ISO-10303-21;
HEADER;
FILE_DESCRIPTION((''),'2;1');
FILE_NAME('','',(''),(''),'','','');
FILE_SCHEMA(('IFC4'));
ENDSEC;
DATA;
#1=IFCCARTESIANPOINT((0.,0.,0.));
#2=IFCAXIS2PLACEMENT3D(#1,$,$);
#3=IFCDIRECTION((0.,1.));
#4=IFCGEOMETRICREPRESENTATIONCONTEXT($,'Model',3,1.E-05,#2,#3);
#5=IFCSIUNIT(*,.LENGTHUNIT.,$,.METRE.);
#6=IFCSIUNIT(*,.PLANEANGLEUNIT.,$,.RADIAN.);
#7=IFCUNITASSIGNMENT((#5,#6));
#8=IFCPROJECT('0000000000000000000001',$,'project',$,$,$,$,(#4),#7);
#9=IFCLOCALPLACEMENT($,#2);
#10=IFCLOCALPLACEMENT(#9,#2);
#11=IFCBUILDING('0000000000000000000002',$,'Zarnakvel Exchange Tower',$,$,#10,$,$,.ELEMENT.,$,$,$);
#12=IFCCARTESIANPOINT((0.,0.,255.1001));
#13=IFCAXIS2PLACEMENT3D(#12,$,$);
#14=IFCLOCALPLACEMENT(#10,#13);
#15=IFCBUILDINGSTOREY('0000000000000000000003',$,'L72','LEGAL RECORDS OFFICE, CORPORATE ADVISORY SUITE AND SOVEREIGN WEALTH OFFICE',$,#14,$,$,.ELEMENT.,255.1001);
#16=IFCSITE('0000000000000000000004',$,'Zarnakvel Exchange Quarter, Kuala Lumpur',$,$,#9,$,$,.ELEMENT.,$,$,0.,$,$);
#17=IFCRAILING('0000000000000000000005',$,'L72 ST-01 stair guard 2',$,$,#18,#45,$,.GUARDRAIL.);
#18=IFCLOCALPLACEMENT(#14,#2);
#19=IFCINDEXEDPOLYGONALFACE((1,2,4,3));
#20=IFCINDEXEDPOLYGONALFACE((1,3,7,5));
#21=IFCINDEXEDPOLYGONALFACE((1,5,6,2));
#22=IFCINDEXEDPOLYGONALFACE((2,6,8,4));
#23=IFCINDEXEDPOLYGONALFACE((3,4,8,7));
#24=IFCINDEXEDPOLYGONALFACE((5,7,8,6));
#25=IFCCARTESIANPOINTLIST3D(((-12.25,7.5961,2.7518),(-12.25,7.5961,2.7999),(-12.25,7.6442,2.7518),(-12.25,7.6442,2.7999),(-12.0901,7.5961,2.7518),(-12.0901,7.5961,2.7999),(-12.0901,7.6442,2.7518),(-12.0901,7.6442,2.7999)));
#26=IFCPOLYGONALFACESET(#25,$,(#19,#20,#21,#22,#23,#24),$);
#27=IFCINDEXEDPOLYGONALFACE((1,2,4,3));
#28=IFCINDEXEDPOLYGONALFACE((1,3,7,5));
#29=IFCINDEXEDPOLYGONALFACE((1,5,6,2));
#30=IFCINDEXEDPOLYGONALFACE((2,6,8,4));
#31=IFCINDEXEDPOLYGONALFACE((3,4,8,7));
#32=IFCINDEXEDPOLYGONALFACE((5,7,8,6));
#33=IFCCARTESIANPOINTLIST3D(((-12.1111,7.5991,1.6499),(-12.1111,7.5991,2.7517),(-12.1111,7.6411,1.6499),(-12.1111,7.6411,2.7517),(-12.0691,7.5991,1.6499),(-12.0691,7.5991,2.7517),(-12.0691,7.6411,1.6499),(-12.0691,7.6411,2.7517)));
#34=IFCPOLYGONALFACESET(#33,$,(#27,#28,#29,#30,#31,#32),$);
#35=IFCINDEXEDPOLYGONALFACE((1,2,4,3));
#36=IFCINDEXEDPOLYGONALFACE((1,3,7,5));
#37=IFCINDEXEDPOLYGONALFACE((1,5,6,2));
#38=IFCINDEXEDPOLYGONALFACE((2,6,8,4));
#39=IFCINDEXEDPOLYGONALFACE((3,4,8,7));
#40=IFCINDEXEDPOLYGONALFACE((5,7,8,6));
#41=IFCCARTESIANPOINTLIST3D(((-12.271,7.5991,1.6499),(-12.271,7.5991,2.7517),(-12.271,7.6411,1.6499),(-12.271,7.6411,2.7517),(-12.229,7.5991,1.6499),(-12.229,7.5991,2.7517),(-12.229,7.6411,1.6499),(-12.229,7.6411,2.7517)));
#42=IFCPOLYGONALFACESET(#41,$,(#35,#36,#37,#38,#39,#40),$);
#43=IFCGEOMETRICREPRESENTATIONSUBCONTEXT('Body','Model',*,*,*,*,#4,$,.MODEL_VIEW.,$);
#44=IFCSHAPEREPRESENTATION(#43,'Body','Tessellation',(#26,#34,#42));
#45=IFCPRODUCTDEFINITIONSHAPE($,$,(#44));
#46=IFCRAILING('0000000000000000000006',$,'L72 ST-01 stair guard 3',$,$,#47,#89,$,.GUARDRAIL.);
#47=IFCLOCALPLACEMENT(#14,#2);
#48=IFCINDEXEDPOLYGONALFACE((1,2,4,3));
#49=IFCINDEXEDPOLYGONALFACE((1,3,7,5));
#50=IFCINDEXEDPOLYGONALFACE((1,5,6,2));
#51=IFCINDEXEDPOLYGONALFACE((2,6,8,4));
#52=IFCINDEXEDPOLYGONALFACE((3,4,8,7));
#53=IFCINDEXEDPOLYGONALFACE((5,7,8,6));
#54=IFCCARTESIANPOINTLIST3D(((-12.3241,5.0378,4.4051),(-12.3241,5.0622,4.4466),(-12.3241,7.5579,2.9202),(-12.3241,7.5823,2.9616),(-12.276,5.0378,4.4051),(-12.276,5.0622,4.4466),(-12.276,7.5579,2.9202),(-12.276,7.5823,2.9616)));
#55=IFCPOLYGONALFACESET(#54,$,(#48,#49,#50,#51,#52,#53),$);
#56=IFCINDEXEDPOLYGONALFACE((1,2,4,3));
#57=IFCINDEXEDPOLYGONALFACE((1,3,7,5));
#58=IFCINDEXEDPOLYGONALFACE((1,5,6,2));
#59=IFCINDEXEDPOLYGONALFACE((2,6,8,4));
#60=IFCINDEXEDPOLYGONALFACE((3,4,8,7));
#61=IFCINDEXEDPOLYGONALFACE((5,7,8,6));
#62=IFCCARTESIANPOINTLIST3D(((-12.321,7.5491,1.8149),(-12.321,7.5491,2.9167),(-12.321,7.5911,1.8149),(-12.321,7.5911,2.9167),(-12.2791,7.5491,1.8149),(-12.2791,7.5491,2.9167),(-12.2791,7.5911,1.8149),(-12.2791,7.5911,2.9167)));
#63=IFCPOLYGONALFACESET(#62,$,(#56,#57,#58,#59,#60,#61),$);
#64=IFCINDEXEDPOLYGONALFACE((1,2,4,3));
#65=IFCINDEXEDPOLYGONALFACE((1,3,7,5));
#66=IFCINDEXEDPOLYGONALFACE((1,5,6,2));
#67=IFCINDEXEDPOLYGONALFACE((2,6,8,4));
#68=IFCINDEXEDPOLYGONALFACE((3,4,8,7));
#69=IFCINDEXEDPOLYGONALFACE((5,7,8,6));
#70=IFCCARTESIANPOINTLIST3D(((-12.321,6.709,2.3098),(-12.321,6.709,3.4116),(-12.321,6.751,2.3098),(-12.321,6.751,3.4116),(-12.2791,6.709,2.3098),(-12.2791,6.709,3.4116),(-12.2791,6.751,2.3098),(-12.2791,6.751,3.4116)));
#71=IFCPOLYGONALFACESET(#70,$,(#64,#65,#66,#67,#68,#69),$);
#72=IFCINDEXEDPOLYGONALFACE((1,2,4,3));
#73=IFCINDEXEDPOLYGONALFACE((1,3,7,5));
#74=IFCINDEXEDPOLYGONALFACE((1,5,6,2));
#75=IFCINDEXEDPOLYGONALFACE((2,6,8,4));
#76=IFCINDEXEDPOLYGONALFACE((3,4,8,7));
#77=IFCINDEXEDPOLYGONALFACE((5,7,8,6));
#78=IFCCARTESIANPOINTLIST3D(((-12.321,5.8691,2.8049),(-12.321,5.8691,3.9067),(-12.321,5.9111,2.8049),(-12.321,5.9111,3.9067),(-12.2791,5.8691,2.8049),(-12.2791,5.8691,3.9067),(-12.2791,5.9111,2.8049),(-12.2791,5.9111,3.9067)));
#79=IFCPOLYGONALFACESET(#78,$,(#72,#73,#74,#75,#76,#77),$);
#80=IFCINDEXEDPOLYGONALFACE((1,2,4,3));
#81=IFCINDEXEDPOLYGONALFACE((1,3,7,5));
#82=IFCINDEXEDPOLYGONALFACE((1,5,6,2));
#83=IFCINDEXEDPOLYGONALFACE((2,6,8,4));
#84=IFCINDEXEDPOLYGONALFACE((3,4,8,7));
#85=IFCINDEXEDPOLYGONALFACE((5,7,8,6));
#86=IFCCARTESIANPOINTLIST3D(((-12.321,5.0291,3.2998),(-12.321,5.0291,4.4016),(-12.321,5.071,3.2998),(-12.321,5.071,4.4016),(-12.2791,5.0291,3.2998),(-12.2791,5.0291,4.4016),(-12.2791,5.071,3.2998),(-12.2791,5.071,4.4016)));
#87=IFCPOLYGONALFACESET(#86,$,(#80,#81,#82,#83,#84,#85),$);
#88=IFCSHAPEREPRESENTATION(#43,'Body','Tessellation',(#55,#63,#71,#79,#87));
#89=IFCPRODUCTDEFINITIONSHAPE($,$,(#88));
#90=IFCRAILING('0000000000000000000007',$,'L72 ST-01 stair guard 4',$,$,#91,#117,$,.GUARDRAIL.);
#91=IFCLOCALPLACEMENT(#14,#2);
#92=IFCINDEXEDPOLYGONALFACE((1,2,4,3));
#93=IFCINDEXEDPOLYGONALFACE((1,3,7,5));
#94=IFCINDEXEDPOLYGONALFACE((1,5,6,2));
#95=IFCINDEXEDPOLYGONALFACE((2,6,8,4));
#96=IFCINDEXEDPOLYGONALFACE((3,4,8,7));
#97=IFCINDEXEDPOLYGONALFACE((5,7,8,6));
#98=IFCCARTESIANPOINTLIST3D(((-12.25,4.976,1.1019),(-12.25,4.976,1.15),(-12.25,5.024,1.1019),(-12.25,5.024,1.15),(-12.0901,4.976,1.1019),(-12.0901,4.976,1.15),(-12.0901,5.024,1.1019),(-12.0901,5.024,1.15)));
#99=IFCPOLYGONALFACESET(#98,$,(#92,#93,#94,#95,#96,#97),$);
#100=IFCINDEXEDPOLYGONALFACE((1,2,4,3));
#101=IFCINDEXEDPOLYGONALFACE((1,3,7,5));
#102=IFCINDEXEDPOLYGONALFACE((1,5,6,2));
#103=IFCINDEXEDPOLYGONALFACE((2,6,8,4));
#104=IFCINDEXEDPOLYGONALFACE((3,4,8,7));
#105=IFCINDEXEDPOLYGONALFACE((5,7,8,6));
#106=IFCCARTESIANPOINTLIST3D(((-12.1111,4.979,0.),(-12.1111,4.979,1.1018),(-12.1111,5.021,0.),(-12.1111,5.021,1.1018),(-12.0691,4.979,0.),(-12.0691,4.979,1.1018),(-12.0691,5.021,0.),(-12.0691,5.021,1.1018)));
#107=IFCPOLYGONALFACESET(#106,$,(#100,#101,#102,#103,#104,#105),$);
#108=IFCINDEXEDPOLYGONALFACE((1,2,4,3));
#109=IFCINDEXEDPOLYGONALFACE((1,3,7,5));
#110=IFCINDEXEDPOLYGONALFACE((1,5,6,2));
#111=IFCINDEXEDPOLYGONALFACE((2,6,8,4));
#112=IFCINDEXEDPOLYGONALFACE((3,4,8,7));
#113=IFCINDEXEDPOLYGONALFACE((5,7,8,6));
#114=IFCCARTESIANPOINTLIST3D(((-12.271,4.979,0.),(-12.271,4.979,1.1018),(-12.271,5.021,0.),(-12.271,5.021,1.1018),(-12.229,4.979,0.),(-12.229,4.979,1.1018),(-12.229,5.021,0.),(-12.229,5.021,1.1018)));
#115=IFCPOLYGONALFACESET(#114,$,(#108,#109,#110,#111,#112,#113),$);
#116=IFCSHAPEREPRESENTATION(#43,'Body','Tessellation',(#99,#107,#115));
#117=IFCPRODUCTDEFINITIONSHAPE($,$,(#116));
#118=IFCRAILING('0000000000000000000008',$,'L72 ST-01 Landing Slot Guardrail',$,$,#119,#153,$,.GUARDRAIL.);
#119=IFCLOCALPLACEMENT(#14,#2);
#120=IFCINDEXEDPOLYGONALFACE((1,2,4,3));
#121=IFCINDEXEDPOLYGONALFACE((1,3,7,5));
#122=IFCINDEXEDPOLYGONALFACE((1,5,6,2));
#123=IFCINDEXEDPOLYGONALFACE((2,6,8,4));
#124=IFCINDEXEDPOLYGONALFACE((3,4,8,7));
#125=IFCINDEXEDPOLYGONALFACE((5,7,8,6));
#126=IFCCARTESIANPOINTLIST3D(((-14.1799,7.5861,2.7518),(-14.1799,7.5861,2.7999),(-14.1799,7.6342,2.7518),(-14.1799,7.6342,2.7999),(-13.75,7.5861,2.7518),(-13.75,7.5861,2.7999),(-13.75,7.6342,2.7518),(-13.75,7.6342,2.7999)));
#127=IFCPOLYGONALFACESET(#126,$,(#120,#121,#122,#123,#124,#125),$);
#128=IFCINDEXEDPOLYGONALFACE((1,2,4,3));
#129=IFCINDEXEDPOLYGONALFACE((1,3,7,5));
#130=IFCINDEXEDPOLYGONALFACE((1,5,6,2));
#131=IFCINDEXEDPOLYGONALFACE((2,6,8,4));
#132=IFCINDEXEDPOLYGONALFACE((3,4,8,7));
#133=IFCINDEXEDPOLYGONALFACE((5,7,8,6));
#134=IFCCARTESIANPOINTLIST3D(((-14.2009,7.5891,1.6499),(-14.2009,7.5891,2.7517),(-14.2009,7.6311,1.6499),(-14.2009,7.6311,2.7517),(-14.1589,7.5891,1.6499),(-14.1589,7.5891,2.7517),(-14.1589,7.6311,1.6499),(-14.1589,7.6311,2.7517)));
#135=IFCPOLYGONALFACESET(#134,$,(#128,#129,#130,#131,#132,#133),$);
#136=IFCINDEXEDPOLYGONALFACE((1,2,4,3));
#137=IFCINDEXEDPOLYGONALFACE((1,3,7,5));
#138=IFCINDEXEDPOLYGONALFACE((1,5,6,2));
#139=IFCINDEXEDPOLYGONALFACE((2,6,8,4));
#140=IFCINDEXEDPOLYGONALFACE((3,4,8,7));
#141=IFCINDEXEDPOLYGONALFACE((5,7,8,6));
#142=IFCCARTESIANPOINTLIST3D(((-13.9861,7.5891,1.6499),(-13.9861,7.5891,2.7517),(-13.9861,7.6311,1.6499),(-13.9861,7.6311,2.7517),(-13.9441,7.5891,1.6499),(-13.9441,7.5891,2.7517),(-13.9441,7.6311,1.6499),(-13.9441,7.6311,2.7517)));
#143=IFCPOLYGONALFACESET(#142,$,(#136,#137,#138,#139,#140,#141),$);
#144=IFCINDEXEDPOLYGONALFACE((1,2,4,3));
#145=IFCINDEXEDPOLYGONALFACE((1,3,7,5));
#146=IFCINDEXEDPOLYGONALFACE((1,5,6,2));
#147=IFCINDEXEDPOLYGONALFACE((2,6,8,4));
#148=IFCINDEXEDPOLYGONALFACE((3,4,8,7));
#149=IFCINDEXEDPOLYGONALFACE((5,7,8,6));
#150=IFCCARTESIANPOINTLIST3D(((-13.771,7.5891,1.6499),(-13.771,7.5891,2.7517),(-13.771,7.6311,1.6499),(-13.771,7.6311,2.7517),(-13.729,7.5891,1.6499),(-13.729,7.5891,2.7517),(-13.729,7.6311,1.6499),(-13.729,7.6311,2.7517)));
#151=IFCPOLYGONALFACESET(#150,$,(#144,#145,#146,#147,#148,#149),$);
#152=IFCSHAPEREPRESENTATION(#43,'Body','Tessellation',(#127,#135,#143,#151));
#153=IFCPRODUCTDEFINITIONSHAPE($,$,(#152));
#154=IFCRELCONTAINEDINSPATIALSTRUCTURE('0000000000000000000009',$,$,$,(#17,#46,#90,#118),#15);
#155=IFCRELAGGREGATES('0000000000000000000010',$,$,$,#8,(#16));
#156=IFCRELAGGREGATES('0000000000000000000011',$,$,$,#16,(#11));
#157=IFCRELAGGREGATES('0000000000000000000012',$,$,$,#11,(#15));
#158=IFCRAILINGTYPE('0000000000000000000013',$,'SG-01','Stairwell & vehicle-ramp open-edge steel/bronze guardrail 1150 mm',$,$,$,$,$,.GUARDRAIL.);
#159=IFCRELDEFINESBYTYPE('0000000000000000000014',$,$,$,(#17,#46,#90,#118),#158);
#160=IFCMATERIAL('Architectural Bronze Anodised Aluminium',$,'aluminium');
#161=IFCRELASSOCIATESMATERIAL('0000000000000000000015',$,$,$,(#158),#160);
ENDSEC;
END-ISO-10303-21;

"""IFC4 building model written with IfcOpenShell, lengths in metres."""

from ifc_helpers import new_model, si_unit, direction, frame, origin, origin_2d, place, context, subcontext, project, spatial, rectangle, extrude, material, type_object, element, save


model = new_model("IFC4")

# Units and contexts
model_context = context("Model", 3, precision=1e-05, world=origin(), true_north=direction((0.0, 1.0)))
body_context = subcontext(model_context, "Body", "Model", "MODEL_VIEW")
ifc_project = project(units=[si_unit("LENGTHUNIT", "METRE"), si_unit("PLANEANGLEUNIT", "RADIAN")], contexts=[model_context])

# Site, building, storey
site_placement = place(None, origin())
site = spatial("IfcSite", under=ifc_project, at=site_placement, Name="Zarnakvel Exchange Quarter, Kuala Lumpur", CompositionType="ELEMENT", RefElevation=0.0)
building_placement = place(site_placement, origin())
building = spatial("IfcBuilding", under=site, at=building_placement, Name="Zarnakvel Exchange Tower", CompositionType="ELEMENT")
storey_placement = place(building_placement, frame((0.0, 0.0, 255.1001)))
storey = spatial("IfcBuildingStorey", under=building, at=storey_placement, Name="L72", Description="LEGAL RECORDS OFFICE, CORPORATE ADVISORY SUITE AND SOVEREIGN WEALTH OFFICE", CompositionType="ELEMENT", Elevation=255.1001)

# Shared definitions
ifc_material_1 = material(Name="Architectural Bronze Anodised Aluminium", Category="aluminium")

# Railings
railing_type_1 = type_object("IfcRailingType", Name="SG-01", Description="Stairwell & vehicle-ramp open-edge steel/bronze guardrail 1150 mm", PredefinedType="GUARDRAIL", material=ifc_material_1)
railing_1_placement = place(storey_placement, frame((-12.0901, 7.6201, 1.6499)))
element("IfcRailing", 1, at=railing_1_placement, inside=storey, type_object=railing_type_1, Name="L72 ST-01 stair guard 2", PredefinedType="GUARDRAIL", context=body_context, shape_type="SweptSolid", body=[
    extrude(rectangle(XDim=0.0481, YDim=0.0481, at=origin_2d()), frame((0.0, 0.0, 1.126), z_axis=(-1.0, 0.0, 0.0), x_axis=(0.0, -1.0, 0.0)), (0.0, 0.0, 1.0), 0.1599),
    extrude(rectangle(XDim=0.042, YDim=0.042, at=origin_2d()), origin(), (0.0, 0.0, 1.0), 1.1018),
    extrude(rectangle(XDim=0.042, YDim=0.042, at=origin_2d()), frame((-0.1599, 0.0, 0.0)), (0.0, 0.0, 1.0), 1.1018),
])
railing_2_placement = place(storey_placement, frame((-12.3, 7.5701, 1.8149)))
element("IfcRailing", 2, at=railing_2_placement, inside=storey, type_object=railing_type_1, Name="L72 ST-01 stair guard 3", PredefinedType="GUARDRAIL", context=body_context, shape_type="SweptSolid", body=[
    extrude(rectangle(XDim=0.0481, YDim=0.0481, at=origin_2d()), frame((0.0, 0.0, 1.126), z_axis=(0.0, -0.861561, 0.507655), x_axis=(1.0, 0.0, 0.0)), (0.0, 0.0, 1.0), 2.925),
    extrude(rectangle(XDim=0.042, YDim=0.042, at=origin_2d()), origin(), (0.0, 0.0, 1.0), 1.1018),
    extrude(rectangle(XDim=0.042, YDim=0.042, at=origin_2d()), frame((0.0, -0.8401, 0.4949)), (0.0, 0.0, 1.0), 1.1018),
    extrude(rectangle(XDim=0.042, YDim=0.042, at=origin_2d()), frame((0.0, -1.6799, 0.99)), (0.0, 0.0, 1.0), 1.1018),
    extrude(rectangle(XDim=0.042, YDim=0.042, at=origin_2d()), frame((0.0, -2.52, 1.4849)), (0.0, 0.0, 1.0), 1.1018),
])
railing_3_placement = place(storey_placement, frame((-12.0901, 5.0, 0.0)))
element("IfcRailing", 3, at=railing_3_placement, inside=storey, type_object=railing_type_1, Name="L72 ST-01 stair guard 4", PredefinedType="GUARDRAIL", context=body_context, shape_type="SweptSolid", body=[
    extrude(rectangle(XDim=0.0481, YDim=0.0481, at=origin_2d()), frame((0.0, 0.0, 1.126), z_axis=(-1.0, 0.0, 0.0), x_axis=(0.0, -1.0, 0.0)), (0.0, 0.0, 1.0), 0.1599),
    extrude(rectangle(XDim=0.042, YDim=0.042, at=origin_2d()), origin(), (0.0, 0.0, 1.0), 1.1018),
    extrude(rectangle(XDim=0.042, YDim=0.042, at=origin_2d()), frame((-0.1599, 0.0, 0.0)), (0.0, 0.0, 1.0), 1.1018),
])
railing_4_placement = place(storey_placement, frame((-14.1799, 7.6101, 1.6499)))
element("IfcRailing", 4, at=railing_4_placement, inside=storey, type_object=railing_type_1, Name="L72 ST-01 Landing Slot Guardrail", PredefinedType="GUARDRAIL", context=body_context, shape_type="SweptSolid", body=[
    extrude(rectangle(XDim=0.0481, YDim=0.0481, at=origin_2d()), frame((0.0, 0.0, 1.126), z_axis=(1.0, 0.0, 0.0), x_axis=(0.0, 1.0, 0.0)), (0.0, 0.0, 1.0), 0.4299),
    extrude(rectangle(XDim=0.042, YDim=0.042, at=origin_2d()), origin(), (0.0, 0.0, 1.0), 1.1018),
    extrude(rectangle(XDim=0.042, YDim=0.042, at=origin_2d()), frame((0.2148, 0.0, 0.0)), (0.0, 0.0, 1.0), 1.1018),
    extrude(rectangle(XDim=0.042, YDim=0.042, at=origin_2d()), frame((0.4299, 0.0, 0.0)), (0.0, 0.0, 1.0), 1.1018),
])

save(model, "model.ifc")
